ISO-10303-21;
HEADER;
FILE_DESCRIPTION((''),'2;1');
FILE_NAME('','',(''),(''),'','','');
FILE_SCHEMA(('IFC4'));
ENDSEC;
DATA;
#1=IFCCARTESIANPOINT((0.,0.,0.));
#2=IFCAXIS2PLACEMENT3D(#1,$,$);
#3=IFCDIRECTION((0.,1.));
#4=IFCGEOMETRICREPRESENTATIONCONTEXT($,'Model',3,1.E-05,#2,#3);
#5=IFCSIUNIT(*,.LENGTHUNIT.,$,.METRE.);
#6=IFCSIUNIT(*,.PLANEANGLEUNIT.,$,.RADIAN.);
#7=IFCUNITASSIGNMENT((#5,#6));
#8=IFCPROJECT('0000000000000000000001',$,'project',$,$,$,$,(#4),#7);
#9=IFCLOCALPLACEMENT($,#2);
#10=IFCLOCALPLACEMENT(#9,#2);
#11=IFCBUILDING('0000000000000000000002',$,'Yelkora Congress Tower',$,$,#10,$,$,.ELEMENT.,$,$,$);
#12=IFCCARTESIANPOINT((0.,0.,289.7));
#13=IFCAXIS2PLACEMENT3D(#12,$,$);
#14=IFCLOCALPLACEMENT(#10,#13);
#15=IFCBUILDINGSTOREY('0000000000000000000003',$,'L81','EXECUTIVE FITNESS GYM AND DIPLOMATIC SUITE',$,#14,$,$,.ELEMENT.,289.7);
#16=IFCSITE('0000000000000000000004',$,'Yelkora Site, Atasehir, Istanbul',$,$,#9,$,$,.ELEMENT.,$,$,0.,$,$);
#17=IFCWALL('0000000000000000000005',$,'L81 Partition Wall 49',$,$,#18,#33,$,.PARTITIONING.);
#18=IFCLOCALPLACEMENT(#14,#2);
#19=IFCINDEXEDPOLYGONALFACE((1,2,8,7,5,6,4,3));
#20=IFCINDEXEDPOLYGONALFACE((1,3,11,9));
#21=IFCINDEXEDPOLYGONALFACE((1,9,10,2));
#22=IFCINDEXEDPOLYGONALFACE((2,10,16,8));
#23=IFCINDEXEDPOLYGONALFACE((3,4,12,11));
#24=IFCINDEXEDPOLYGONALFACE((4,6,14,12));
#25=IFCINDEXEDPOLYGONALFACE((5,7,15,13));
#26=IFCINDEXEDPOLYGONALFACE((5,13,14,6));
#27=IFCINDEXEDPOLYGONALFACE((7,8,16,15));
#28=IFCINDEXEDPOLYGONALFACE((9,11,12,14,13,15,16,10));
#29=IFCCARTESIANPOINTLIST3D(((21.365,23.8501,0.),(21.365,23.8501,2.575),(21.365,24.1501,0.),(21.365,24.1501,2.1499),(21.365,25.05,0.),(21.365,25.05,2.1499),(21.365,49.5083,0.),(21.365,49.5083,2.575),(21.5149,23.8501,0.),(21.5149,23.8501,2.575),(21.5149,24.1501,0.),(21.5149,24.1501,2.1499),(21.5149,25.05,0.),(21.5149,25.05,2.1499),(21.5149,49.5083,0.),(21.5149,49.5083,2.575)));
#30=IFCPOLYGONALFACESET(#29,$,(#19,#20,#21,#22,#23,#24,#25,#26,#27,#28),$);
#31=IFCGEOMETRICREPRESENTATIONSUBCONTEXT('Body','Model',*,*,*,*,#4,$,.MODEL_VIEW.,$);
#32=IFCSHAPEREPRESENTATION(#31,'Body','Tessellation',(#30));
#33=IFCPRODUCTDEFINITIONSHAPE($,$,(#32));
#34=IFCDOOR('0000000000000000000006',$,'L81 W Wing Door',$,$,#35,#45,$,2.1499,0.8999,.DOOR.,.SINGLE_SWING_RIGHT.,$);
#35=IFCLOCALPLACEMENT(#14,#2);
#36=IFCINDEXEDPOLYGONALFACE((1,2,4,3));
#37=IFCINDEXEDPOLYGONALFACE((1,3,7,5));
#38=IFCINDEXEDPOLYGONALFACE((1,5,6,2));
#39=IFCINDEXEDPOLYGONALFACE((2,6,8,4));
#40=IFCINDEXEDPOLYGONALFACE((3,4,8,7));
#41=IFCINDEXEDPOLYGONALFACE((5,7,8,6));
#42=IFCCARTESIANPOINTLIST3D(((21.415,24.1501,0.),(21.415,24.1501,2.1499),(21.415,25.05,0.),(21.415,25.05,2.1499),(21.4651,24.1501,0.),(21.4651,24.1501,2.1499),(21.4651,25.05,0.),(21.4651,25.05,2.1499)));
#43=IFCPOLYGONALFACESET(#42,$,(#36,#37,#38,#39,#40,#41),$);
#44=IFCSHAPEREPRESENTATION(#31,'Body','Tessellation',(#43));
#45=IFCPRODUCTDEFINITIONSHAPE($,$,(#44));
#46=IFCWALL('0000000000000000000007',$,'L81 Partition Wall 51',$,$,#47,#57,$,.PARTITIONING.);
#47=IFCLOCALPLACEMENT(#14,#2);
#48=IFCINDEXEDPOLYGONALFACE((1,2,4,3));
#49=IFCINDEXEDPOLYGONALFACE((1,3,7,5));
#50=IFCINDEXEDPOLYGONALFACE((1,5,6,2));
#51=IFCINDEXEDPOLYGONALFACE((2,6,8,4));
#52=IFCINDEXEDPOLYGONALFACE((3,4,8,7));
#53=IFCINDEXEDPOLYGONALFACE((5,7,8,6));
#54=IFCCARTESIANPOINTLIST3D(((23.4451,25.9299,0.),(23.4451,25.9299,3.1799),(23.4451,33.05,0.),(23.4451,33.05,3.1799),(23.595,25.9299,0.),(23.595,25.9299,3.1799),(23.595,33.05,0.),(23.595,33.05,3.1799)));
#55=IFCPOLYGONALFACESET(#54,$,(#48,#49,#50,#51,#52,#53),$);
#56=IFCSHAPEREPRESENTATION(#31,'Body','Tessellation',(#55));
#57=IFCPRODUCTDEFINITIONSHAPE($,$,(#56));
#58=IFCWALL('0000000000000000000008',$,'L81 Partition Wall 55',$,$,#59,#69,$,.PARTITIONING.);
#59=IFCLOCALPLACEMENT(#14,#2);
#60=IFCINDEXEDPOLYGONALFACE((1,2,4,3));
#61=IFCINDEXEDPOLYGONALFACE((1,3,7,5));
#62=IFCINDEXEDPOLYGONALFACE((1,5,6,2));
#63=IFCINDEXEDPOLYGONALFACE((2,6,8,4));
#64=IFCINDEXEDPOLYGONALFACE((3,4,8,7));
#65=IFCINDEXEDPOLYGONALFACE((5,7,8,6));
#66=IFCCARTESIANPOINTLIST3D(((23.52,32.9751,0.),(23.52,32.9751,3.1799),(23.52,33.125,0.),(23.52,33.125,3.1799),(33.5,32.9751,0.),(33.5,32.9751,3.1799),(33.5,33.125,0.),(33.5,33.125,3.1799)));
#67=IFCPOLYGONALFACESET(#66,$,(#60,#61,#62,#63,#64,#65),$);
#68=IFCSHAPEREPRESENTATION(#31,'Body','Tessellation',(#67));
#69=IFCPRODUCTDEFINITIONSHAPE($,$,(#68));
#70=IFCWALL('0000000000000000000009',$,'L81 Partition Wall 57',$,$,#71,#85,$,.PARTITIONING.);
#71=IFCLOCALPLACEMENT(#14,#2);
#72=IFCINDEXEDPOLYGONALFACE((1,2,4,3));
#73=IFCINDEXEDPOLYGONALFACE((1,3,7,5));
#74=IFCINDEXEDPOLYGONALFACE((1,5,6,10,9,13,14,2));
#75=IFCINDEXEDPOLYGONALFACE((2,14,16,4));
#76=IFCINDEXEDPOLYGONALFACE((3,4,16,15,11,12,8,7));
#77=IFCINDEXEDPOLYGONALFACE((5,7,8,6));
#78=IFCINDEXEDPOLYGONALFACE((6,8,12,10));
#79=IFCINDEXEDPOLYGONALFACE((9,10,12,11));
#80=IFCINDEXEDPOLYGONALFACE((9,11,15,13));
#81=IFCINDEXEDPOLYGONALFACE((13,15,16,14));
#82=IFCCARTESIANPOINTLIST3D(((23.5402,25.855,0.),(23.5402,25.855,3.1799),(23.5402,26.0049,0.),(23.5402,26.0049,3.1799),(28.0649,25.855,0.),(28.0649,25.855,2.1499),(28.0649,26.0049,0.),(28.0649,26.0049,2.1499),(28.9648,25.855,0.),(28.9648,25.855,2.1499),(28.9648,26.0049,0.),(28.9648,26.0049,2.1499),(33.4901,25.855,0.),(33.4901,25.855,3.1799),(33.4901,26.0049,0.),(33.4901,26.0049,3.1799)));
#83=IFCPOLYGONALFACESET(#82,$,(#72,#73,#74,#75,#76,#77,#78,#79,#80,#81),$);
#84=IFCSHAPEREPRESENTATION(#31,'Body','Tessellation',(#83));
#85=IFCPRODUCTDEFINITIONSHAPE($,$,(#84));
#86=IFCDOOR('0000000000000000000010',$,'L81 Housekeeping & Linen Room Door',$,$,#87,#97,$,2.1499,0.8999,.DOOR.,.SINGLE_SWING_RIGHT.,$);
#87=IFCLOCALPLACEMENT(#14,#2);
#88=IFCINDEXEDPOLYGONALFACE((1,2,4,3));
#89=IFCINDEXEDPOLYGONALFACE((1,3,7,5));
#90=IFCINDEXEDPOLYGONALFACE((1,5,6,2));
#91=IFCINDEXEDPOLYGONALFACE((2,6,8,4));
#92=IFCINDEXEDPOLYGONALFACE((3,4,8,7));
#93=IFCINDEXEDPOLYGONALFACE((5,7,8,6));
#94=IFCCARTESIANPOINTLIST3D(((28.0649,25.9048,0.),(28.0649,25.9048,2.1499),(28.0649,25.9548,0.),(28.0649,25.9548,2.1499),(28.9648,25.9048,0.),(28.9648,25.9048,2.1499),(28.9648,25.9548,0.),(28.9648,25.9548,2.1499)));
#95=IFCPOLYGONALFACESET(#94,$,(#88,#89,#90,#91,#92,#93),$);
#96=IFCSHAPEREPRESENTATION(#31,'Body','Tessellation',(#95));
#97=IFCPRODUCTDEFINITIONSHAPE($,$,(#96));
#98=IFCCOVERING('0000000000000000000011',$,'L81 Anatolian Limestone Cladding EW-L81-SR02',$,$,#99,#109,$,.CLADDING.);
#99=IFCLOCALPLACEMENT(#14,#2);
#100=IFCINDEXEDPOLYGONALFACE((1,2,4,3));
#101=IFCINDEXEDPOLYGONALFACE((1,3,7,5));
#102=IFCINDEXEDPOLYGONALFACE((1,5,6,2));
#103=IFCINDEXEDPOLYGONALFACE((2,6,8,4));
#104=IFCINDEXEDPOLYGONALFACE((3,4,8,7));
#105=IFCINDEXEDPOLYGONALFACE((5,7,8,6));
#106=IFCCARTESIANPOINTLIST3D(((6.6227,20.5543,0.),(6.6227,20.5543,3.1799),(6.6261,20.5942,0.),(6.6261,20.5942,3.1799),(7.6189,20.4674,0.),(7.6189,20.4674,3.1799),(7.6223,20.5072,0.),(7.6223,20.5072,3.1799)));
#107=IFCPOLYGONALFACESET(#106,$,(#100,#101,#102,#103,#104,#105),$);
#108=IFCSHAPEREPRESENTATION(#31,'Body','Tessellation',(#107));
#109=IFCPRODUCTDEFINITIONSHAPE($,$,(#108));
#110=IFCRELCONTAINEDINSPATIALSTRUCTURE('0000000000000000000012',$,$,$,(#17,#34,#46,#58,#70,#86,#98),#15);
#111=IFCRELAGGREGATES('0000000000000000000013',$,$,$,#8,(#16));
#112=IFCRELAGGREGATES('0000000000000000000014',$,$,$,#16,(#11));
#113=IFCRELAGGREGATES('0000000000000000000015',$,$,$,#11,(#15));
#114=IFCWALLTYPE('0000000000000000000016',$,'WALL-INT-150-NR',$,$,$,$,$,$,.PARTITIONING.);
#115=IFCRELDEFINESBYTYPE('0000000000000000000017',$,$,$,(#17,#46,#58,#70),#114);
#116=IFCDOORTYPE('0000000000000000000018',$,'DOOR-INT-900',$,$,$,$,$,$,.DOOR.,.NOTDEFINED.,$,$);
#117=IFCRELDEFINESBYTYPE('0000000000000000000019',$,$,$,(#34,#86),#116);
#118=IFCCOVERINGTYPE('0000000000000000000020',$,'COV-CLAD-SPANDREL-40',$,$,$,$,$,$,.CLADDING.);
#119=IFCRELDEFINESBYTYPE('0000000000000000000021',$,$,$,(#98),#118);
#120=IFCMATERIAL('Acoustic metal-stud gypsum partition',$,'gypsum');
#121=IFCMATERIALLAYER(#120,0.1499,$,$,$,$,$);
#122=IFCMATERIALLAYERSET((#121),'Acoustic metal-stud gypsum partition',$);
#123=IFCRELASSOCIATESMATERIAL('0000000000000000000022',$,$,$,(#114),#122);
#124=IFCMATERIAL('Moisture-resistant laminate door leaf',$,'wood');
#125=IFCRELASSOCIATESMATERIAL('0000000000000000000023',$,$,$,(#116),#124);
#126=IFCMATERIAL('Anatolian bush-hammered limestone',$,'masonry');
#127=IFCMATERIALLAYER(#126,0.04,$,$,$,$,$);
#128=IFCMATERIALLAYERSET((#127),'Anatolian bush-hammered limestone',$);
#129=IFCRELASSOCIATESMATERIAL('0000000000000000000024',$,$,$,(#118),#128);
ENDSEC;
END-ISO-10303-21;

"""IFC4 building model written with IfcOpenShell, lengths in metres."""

from ifc_helpers import new_model, si_unit, direction, frame, frame_2d, origin, place, context, subcontext, project, spatial, rectangle, extrude, material, layer, layer_set, type_object, element, fill, save


model = new_model("IFC4")

# Units and contexts
model_context = context("Model", 3, precision=1e-05, world=origin(), true_north=direction((0.0, 1.0)))
body_context = subcontext(model_context, "Body", "Model", "MODEL_VIEW")
ifc_project = project(units=[si_unit("LENGTHUNIT", "METRE"), si_unit("PLANEANGLEUNIT", "RADIAN")], contexts=[model_context])

# Site, building, storey
site_placement = place(None, origin())
site = spatial("IfcSite", under=ifc_project, at=site_placement, Name="Yelkora Site, Atasehir, Istanbul", CompositionType="ELEMENT", RefElevation=0.0)
building_placement = place(site_placement, origin())
building = spatial("IfcBuilding", under=site, at=building_placement, Name="Yelkora Congress Tower", CompositionType="ELEMENT")
storey_placement = place(building_placement, frame((0.0, 0.0, 289.7)))
storey = spatial("IfcBuildingStorey", under=building, at=storey_placement, Name="L81", Description="EXECUTIVE FITNESS GYM AND DIPLOMATIC SUITE", CompositionType="ELEMENT", Elevation=289.7)

# Wall, opening, door
ifc_material_1 = material(Name="Acoustic metal-stud gypsum partition", Category="gypsum")
ifc_layer_1 = layer(ifc_material_1, 0.1499)
ifc_layer_set_1 = layer_set([ifc_layer_1], Name="Acoustic metal-stud gypsum partition")
wall_type_1 = type_object("IfcWallType", Name="WALL-INT-150-NR", PredefinedType="PARTITIONING", material=ifc_layer_set_1)
wall_1_placement = place(storey_placement, frame((21.4399, 23.8501, 0.0), z_axis=(0.0, 0.0, 1.0), x_axis=(0.0, 1.0, 0.0)))
wall_1 = element("IfcWall", 1, at=wall_1_placement, inside=storey, type_object=wall_type_1, Name="L81 Partition Wall 49", PredefinedType="PARTITIONING", context=body_context, shape_type="SweptSolid", body=[
    extrude(rectangle(XDim=25.6582, YDim=0.1499, at=frame_2d((12.8291, 0.0))), origin(), (0.0, 0.0, 1.0), 2.575),
])
opening_1_placement = place(wall_1_placement, frame((0.3, 0.0, 0.0)))
opening_1 = element("IfcOpeningElement", 2, at=opening_1_placement, cuts=wall_1, PredefinedType="OPENING", context=body_context, shape_type="SweptSolid", body=[
    extrude(rectangle(XDim=0.8999, YDim=2.1499, at=frame_2d((0.45, 1.075))), frame((0.0, 0.085, 0.0), z_axis=(0.0, -1.0, 0.0), x_axis=(1.0, 0.0, 0.0)), (0.0, 0.0, 1.0), 0.1699),
])
ifc_material_2 = material(Name="Moisture-resistant laminate door leaf", Category="wood")
door_type_1 = type_object("IfcDoorType", Name="DOOR-INT-900", OperationType="NOTDEFINED", PredefinedType="DOOR", material=ifc_material_2)
door_1_placement = place(opening_1_placement, origin())
door_1 = element("IfcDoor", 3, at=door_1_placement, inside=storey, type_object=door_type_1, Name="L81 W Wing Door", OperationType="SINGLE_SWING_RIGHT", OverallHeight=2.1499, OverallWidth=0.8999, PredefinedType="DOOR", context=body_context, shape_type="SweptSolid", body=[
    extrude(rectangle(XDim=0.8999, YDim=2.1499, at=frame_2d((0.45, 1.075))), frame((0.0, 0.0249, 0.0), z_axis=(0.0, -1.0, 0.0), x_axis=(1.0, 0.0, 0.0)), (0.0, 0.0, 1.0), 0.05),
])
fill(opening_1, door_1)

# Walls
wall_2_placement = place(storey_placement, frame((23.52, 25.9299, 0.0), z_axis=(0.0, 0.0, 1.0), x_axis=(0.0, 1.0, 0.0)))
element("IfcWall", 4, at=wall_2_placement, inside=storey, type_object=wall_type_1, Name="L81 Partition Wall 51", PredefinedType="PARTITIONING", context=body_context, shape_type="SweptSolid", body=[
    extrude(rectangle(XDim=7.1201, YDim=0.1499, at=frame_2d((3.5601, 0.0))), origin(), (0.0, 0.0, 1.0), 3.1799),
])
wall_3_placement = place(storey_placement, frame((23.52, 33.05, 0.0), z_axis=(0.0, 0.0, 1.0), x_axis=(1.0, 0.0, 0.0)))
element("IfcWall", 5, at=wall_3_placement, inside=storey, type_object=wall_type_1, Name="L81 Partition Wall 55", PredefinedType="PARTITIONING", context=body_context, shape_type="SweptSolid", body=[
    extrude(rectangle(XDim=9.98, YDim=0.1499, at=frame_2d((4.99, 0.0))), origin(), (0.0, 0.0, 1.0), 3.1799),
])

# Wall, opening, door
wall_4_placement = place(storey_placement, frame((23.54, 25.9299, 0.0), z_axis=(0.0, 0.0, 1.0), x_axis=(1.0, 0.0, 0.0)))
wall_4 = element("IfcWall", 6, at=wall_4_placement, inside=storey, type_object=wall_type_1, Name="L81 Partition Wall 57", PredefinedType="PARTITIONING", context=body_context, shape_type="SweptSolid", body=[
    extrude(rectangle(XDim=9.95, YDim=0.1499, at=frame_2d((4.9751, 0.0))), origin(), (0.0, 0.0, 1.0), 3.1799),
])
opening_2_placement = place(wall_4_placement, frame((4.5249, 0.0, 0.0)))
opening_2 = element("IfcOpeningElement", 7, at=opening_2_placement, cuts=wall_4, PredefinedType="OPENING", context=body_context, shape_type="SweptSolid", body=[
    extrude(rectangle(XDim=0.8999, YDim=2.1499, at=frame_2d((0.45, 1.075))), frame((0.0, 0.085, 0.0), z_axis=(0.0, -1.0, 0.0), x_axis=(1.0, 0.0, 0.0)), (0.0, 0.0, 1.0), 0.1699),
])
door_2_placement = place(opening_2_placement, origin())
door_2 = element("IfcDoor", 8, at=door_2_placement, inside=storey, type_object=door_type_1, Name="L81 Housekeeping & Linen Room Door", OperationType="SINGLE_SWING_RIGHT", OverallHeight=2.1499, OverallWidth=0.8999, PredefinedType="DOOR", context=body_context, shape_type="SweptSolid", body=[
    extrude(rectangle(XDim=0.8999, YDim=2.1499, at=frame_2d((0.45, 1.075))), frame((0.0, 0.0249, 0.0), z_axis=(0.0, -1.0, 0.0), x_axis=(1.0, 0.0, 0.0)), (0.0, 0.0, 1.0), 0.05),
])
fill(opening_2, door_2)

# Covering
ifc_material_3 = material(Name="Anatolian bush-hammered limestone", Category="masonry")
ifc_layer_2 = layer(ifc_material_3, 0.04)
ifc_layer_set_2 = layer_set([ifc_layer_2], Name="Anatolian bush-hammered limestone")
covering_type = type_object("IfcCoveringType", Name="COV-CLAD-SPANDREL-40", PredefinedType="CLADDING", material=ifc_layer_set_2)
covering_placement = place(storey_placement, frame((7.6206, 20.4873, 0.0), z_axis=(0.0, 0.0, 1.0), x_axis=(-0.996215, 0.086925, 0.0)))
element("IfcCovering", 9, at=covering_placement, inside=storey, type_object=covering_type, Name="L81 Anatolian Limestone Cladding EW-L81-SR02", PredefinedType="CLADDING", context=body_context, shape_type="SweptSolid", body=[
    extrude(rectangle(XDim=1.0, YDim=0.04, at=frame_2d((0.5, 0.0))), origin(), (0.0, 0.0, 1.0), 3.1799),
])

save(model, "model.ifc")
